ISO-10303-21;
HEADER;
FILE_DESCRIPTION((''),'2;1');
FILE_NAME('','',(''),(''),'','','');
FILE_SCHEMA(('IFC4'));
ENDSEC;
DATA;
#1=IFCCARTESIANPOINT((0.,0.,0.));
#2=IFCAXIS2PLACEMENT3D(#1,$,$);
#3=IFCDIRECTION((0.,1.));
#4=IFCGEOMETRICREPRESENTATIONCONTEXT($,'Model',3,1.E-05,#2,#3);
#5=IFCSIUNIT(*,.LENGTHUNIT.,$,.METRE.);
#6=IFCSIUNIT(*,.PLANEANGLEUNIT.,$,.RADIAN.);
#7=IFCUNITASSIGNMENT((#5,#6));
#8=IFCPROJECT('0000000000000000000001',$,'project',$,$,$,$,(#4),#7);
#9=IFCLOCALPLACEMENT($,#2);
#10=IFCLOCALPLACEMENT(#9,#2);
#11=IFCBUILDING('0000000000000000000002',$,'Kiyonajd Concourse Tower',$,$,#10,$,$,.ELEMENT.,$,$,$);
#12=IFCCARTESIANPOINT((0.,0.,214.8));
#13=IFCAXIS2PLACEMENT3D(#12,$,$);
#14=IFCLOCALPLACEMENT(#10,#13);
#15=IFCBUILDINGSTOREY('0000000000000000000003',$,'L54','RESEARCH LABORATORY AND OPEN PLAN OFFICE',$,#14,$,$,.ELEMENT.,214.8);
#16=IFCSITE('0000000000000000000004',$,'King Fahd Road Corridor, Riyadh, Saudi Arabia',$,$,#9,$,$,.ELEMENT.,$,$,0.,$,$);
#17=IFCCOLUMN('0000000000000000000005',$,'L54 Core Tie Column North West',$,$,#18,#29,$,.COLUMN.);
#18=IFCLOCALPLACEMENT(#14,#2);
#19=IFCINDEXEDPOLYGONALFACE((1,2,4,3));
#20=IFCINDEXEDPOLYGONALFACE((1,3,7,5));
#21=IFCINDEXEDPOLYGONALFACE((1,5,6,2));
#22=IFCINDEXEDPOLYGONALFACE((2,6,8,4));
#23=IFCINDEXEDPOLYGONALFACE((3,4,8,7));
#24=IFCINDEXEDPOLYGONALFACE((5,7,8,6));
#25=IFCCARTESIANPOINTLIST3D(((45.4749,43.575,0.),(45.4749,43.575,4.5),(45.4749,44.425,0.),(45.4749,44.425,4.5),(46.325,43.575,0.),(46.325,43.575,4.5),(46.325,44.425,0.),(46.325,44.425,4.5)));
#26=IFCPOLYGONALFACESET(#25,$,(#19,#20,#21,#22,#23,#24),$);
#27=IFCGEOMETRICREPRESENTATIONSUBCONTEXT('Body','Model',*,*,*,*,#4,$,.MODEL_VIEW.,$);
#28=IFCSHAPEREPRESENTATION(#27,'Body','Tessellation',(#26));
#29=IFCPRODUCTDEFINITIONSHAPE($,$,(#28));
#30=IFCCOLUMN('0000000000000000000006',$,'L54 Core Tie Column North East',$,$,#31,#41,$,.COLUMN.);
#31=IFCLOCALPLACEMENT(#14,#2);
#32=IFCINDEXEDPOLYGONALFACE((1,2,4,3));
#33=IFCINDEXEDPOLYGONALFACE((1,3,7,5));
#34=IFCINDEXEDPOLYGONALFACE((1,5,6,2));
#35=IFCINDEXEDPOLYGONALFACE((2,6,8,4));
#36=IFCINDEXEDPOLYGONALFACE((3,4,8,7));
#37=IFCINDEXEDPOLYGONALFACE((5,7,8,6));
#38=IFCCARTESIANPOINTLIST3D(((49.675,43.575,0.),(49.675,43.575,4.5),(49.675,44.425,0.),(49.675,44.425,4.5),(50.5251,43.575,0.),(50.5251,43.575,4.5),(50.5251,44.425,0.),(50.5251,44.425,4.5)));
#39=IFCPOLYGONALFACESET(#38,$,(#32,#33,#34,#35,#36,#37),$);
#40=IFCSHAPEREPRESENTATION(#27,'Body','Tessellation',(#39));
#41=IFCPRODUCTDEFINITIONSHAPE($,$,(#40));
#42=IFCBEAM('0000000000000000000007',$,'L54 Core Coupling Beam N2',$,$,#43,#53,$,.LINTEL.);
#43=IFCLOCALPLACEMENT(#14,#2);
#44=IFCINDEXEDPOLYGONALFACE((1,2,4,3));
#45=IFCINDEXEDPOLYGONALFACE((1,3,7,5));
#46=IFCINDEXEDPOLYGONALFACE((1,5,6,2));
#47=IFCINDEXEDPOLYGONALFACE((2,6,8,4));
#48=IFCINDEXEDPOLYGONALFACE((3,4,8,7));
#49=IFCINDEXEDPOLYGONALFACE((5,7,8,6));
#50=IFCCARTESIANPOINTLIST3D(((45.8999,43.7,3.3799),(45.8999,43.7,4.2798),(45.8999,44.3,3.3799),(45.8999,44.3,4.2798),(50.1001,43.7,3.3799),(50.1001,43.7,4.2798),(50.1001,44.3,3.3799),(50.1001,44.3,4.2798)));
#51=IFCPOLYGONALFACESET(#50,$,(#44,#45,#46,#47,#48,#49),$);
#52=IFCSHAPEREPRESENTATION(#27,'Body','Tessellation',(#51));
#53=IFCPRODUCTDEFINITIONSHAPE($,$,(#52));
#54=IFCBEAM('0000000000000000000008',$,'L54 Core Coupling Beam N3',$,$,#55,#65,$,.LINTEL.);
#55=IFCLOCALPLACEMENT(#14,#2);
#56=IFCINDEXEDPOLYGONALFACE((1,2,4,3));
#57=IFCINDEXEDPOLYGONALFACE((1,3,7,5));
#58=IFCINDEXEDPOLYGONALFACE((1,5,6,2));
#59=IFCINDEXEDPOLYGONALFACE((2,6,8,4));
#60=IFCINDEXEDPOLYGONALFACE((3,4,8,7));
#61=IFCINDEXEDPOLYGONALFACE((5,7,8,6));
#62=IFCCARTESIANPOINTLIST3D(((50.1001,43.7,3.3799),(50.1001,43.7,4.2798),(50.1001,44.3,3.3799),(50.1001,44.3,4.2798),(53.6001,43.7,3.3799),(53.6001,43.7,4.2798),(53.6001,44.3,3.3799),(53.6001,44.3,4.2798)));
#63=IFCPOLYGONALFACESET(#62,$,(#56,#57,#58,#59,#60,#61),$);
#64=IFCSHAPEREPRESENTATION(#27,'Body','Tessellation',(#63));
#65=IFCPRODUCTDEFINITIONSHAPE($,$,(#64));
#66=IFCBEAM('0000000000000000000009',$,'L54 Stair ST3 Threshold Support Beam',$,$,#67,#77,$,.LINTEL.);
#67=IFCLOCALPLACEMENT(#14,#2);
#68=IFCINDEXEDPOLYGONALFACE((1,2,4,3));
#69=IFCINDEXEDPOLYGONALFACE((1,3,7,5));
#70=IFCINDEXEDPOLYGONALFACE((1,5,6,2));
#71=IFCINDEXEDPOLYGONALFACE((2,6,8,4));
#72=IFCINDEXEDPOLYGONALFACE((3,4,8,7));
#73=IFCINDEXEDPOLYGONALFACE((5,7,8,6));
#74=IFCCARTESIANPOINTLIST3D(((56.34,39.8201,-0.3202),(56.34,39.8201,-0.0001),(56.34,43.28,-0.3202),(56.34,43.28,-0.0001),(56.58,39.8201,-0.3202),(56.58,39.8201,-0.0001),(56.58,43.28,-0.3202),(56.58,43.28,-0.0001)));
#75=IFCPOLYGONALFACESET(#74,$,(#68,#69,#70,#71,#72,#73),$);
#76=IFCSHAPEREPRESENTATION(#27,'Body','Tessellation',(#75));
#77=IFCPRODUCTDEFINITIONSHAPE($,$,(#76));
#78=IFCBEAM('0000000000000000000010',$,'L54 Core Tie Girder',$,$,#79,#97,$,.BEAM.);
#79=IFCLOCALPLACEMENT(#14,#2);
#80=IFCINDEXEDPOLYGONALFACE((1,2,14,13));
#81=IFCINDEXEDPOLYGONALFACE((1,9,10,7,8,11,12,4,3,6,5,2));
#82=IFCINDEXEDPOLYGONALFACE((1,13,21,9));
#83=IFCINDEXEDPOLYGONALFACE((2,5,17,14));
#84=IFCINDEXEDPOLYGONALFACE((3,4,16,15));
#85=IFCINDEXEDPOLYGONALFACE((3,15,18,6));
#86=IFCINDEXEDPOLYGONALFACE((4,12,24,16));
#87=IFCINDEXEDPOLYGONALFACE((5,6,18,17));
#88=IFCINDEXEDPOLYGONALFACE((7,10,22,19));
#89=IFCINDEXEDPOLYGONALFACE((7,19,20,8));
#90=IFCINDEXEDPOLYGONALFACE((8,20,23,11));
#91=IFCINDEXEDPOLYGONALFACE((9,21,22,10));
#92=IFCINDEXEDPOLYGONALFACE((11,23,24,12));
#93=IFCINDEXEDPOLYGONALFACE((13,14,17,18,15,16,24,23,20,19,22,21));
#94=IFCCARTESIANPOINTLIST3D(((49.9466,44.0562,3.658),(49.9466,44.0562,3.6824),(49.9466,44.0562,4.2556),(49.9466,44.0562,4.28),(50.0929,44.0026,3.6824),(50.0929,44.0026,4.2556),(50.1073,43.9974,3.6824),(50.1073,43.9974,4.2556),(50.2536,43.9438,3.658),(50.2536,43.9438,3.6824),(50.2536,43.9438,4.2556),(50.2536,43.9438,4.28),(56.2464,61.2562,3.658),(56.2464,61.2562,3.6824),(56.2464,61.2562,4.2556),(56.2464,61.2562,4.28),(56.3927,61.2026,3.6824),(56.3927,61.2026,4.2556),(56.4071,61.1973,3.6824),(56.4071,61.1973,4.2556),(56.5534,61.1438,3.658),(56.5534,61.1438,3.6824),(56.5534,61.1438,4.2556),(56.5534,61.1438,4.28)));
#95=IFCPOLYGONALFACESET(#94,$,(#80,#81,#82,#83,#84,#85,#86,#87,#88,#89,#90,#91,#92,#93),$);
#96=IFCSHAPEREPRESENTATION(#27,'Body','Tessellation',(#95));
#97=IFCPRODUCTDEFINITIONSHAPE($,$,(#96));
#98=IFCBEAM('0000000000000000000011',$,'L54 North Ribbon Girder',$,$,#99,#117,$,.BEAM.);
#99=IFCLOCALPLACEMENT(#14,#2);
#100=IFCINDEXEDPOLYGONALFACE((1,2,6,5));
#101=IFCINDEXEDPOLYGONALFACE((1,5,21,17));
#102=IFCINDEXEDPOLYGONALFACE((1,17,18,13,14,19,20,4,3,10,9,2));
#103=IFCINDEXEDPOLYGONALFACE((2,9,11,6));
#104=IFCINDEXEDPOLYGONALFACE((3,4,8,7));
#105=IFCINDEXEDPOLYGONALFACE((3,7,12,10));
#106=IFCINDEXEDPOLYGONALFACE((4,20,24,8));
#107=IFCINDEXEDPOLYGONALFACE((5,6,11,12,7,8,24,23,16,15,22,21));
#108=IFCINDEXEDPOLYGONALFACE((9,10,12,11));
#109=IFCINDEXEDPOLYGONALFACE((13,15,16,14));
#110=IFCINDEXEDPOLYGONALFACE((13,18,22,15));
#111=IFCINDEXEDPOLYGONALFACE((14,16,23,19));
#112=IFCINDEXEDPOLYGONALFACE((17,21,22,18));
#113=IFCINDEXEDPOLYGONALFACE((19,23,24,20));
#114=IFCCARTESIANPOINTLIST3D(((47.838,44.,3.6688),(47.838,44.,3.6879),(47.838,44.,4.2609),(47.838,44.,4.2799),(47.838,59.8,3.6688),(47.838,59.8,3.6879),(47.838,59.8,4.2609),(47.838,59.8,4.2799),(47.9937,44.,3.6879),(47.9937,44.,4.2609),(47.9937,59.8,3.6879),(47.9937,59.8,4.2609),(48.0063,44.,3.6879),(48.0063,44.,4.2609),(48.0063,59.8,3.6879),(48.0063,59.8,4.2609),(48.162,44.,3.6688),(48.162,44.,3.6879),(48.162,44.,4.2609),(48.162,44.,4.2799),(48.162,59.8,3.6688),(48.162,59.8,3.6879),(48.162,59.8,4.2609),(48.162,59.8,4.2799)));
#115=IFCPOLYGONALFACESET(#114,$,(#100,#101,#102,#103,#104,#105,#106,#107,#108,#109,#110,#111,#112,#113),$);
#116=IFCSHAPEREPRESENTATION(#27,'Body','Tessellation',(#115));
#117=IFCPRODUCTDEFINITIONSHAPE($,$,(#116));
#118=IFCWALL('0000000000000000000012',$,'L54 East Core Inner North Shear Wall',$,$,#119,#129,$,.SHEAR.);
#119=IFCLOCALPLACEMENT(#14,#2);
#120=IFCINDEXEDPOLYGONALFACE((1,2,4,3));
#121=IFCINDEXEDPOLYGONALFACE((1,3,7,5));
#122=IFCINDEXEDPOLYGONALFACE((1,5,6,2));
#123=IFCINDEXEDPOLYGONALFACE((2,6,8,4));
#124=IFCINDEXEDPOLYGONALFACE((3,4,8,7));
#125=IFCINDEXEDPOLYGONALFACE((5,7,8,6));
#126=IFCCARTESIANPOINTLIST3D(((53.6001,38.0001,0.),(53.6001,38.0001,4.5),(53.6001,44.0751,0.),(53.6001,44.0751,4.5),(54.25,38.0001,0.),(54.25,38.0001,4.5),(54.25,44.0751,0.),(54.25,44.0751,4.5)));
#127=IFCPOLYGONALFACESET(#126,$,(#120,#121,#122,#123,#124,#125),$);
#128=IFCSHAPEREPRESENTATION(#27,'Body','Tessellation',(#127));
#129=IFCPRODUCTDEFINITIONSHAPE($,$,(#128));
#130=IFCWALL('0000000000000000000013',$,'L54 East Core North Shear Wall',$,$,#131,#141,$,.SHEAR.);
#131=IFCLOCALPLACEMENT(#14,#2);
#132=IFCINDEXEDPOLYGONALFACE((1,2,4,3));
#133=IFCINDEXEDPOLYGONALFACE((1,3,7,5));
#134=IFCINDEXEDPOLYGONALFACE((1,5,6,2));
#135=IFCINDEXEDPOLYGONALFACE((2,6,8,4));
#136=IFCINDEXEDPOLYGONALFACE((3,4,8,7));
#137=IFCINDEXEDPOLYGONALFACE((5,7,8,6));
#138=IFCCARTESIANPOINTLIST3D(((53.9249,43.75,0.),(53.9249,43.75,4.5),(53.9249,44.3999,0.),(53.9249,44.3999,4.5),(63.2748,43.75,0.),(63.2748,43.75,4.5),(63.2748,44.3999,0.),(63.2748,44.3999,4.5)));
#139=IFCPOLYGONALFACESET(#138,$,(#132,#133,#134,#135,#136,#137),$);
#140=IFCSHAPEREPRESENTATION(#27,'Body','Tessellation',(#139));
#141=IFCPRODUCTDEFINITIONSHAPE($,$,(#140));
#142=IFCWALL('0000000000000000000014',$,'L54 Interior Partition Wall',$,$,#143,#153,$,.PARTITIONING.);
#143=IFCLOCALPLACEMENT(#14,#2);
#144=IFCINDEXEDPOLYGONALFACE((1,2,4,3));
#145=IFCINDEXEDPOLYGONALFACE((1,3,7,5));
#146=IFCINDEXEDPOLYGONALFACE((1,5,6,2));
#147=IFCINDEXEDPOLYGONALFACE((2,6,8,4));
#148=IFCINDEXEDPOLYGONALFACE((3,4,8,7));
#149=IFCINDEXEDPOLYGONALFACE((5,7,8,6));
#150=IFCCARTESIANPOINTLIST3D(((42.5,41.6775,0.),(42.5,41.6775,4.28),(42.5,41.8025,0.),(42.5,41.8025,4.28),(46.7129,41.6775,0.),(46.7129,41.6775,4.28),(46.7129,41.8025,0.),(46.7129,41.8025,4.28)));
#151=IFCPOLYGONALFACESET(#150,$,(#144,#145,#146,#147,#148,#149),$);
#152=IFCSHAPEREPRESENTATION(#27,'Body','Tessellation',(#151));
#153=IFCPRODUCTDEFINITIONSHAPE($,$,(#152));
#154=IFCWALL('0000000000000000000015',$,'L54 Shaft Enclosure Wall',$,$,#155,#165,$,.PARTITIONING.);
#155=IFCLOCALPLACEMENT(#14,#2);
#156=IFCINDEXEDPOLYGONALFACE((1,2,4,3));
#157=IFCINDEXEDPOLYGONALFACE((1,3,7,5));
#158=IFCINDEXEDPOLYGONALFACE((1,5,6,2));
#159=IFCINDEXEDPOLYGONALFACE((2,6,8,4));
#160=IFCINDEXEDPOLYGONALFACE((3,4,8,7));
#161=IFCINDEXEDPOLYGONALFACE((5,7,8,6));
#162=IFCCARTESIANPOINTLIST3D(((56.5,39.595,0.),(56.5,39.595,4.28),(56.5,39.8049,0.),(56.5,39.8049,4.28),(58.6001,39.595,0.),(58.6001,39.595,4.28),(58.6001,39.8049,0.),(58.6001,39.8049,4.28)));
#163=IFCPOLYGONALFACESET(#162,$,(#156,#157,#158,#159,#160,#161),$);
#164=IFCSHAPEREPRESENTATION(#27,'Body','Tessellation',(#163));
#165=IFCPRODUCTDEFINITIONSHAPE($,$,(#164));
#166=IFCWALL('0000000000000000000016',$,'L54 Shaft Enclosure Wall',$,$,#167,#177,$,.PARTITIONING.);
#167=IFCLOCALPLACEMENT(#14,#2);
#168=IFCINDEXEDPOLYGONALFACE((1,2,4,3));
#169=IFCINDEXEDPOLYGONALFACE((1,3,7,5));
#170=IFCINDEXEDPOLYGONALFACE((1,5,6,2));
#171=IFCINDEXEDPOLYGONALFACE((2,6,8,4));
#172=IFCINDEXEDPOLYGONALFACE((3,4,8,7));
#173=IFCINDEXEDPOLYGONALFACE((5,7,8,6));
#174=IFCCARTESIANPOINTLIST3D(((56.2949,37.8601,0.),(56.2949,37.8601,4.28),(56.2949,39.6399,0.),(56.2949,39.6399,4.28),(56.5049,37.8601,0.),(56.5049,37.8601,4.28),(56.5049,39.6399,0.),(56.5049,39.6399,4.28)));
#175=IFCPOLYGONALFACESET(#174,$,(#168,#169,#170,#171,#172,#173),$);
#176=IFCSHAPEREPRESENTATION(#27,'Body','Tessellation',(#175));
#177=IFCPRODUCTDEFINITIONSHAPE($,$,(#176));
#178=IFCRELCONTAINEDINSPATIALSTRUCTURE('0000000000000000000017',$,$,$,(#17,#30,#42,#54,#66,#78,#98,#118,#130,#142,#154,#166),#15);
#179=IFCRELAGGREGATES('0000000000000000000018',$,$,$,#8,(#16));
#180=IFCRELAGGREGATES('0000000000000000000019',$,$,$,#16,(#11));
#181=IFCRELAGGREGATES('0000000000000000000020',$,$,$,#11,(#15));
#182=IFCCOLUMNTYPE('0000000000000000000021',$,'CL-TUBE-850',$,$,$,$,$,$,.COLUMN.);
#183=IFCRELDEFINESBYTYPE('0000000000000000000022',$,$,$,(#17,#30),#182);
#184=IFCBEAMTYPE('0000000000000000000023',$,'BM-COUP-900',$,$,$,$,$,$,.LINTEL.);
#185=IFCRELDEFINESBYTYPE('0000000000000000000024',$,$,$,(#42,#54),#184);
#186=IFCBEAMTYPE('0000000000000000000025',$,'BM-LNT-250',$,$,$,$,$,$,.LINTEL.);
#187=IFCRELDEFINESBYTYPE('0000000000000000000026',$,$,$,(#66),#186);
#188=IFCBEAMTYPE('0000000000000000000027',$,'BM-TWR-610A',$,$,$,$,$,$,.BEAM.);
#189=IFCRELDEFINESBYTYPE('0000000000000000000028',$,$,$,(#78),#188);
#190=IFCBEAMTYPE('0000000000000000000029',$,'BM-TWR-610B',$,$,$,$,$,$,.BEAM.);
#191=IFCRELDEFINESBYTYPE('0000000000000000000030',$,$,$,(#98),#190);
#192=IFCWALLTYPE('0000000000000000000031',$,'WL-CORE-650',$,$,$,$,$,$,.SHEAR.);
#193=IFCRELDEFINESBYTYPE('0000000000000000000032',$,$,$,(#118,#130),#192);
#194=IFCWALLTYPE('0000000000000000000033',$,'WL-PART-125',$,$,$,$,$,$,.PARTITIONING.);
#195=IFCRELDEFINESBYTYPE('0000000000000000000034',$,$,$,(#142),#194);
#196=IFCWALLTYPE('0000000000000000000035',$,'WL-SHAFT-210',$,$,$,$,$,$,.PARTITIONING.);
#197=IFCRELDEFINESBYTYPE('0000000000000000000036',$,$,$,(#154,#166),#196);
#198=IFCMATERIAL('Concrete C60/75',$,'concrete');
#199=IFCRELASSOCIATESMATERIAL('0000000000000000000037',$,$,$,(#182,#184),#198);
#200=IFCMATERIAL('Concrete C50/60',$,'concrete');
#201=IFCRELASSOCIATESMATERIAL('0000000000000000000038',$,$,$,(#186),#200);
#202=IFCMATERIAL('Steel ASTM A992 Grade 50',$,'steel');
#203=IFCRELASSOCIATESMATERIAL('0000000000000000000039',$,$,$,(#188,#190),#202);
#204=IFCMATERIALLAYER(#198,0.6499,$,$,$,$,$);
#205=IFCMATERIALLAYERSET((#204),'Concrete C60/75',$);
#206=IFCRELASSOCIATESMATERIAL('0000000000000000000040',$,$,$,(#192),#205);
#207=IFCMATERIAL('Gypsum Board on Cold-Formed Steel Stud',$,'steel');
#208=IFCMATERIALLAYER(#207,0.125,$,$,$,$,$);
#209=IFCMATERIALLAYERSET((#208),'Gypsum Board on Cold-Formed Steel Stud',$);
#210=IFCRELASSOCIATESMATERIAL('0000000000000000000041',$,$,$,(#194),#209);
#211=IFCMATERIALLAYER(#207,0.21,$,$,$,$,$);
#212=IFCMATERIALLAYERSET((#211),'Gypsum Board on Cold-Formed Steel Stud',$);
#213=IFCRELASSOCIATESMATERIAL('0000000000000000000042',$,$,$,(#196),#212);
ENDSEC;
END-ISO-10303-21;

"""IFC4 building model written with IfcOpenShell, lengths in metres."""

from ifc_helpers import new_model, si_unit, direction, frame, frame_2d, origin, origin_2d, place, context, subcontext, project, spatial, rectangle, i_section, extrude, material, layer, layer_set, material_profile, profile_set, type_object, element, save


model = new_model("IFC4")

# Units and contexts
model_context = context("Model", 3, precision=1e-05, world=origin(), true_north=direction((0.0, 1.0)))
body_context = subcontext(model_context, "Body", "Model", "MODEL_VIEW")
ifc_project = project(units=[si_unit("LENGTHUNIT", "METRE"), si_unit("PLANEANGLEUNIT", "RADIAN")], contexts=[model_context])

# Site, building, storey
site_placement = place(None, origin())
site = spatial("IfcSite", under=ifc_project, at=site_placement, Name="King Fahd Road Corridor, Riyadh, Saudi Arabia", CompositionType="ELEMENT", RefElevation=0.0)
building_placement = place(site_placement, origin())
building = spatial("IfcBuilding", under=site, at=building_placement, Name="Kiyonajd Concourse Tower", CompositionType="ELEMENT")
storey_placement = place(building_placement, frame((0.0, 0.0, 214.8)))
storey = spatial("IfcBuildingStorey", under=building, at=storey_placement, Name="L54", Description="RESEARCH LABORATORY AND OPEN PLAN OFFICE", CompositionType="ELEMENT", Elevation=214.8)

# Columns
ifc_material_1 = material(Name="Concrete C60/75", Category="concrete")
ifc_material_profile_1 = material_profile(ifc_material_1, rectangle(XDim=0.8501, YDim=0.8501, at=origin_2d()), Name="RC-850x850")
ifc_profile_set_1 = profile_set([ifc_material_profile_1], Name="Concrete C60/75")
column_type = type_object("IfcColumnType", Name="CL-TUBE-850", PredefinedType="COLUMN", material=ifc_profile_set_1)
for number, where, z_axis, x_axis, name in (
    (1, (45.8999, 44.0, 0.0), (0.0, 0.0, 1.0), (1.0, 0.0, 0.0), "L54 Core Tie Column North West"),
    (2, (50.1001, 44.0, 0.0), (0.0, 0.0, 1.0), (1.0, 0.0, 0.0), "L54 Core Tie Column North East"),
):
    element("IfcColumn", number, at=place(storey_placement, frame(where, z_axis=z_axis, x_axis=x_axis)), inside=storey, type_object=column_type, Name=name, PredefinedType="COLUMN", context=body_context, shape_type="SweptSolid", body=[
        extrude(rectangle(XDim=0.8501, YDim=0.8501, at=origin_2d()), origin(), (0.0, 0.0, 1.0), 4.5),
    ])

# Beams
ifc_material_profile_2 = material_profile(ifc_material_1, rectangle(XDim=0.6001, YDim=0.8999, at=origin_2d()), Name="RCBM-600x900")
ifc_profile_set_2 = profile_set([ifc_material_profile_2], Name="Concrete C60/75")
beam_type_1 = type_object("IfcBeamType", Name="BM-COUP-900", PredefinedType="LINTEL", material=ifc_profile_set_2)
beam_1_placement = place(storey_placement, frame((45.8999, 44.0, 3.8298), z_axis=(1.0, 0.0, 0.0), x_axis=(0.0, 1.0, 0.0)))
element("IfcBeam", 3, at=beam_1_placement, inside=storey, type_object=beam_type_1, Name="L54 Core Coupling Beam N2", PredefinedType="LINTEL", context=body_context, shape_type="SweptSolid", body=[
    extrude(rectangle(XDim=0.6001, YDim=0.8999, at=origin_2d()), origin(), (0.0, 0.0, 1.0), 4.2002),
])
beam_2_placement = place(storey_placement, frame((50.1001, 44.0, 3.8298), z_axis=(1.0, 0.0, 0.0), x_axis=(0.0, 1.0, 0.0)))
element("IfcBeam", 4, at=beam_2_placement, inside=storey, type_object=beam_type_1, Name="L54 Core Coupling Beam N3", PredefinedType="LINTEL", context=body_context, shape_type="SweptSolid", body=[
    extrude(rectangle(XDim=0.6001, YDim=0.8999, at=origin_2d()), origin(), (0.0, 0.0, 1.0), 3.5),
])
ifc_material_2 = material(Name="Concrete C50/60", Category="concrete")
ifc_material_profile_3 = material_profile(ifc_material_2, rectangle(XDim=0.24, YDim=0.3201, at=origin_2d()), Name="RCBM-240x320")
ifc_profile_set_3 = profile_set([ifc_material_profile_3], Name="Concrete C50/60")
beam_type_2 = type_object("IfcBeamType", Name="BM-LNT-250", PredefinedType="LINTEL", material=ifc_profile_set_3)
beam_3_placement = place(storey_placement, frame((56.46, 39.8201, -0.1602), z_axis=(0.0, 1.0, 0.0), x_axis=(-1.0, 0.0, 0.0)))
element("IfcBeam", 5, at=beam_3_placement, inside=storey, type_object=beam_type_2, Name="L54 Stair ST3 Threshold Support Beam", PredefinedType="LINTEL", context=body_context, shape_type="SweptSolid", body=[
    extrude(rectangle(XDim=0.24, YDim=0.3201, at=origin_2d()), origin(), (0.0, 0.0, 1.0), 3.46),
])
ifc_material_3 = material(Name="Steel ASTM A992 Grade 50", Category="steel")
ifc_material_profile_4 = material_profile(ifc_material_3, i_section(OverallWidth=0.3269, OverallDepth=0.6221, WebThickness=0.0154, FlangeThickness=0.0244, at=origin_2d()), Name="W610X195")
ifc_profile_set_4 = profile_set([ifc_material_profile_4], Name="Steel ASTM A992 Grade 50")
beam_type_3 = type_object("IfcBeamType", Name="BM-TWR-610A", PredefinedType="BEAM", material=ifc_profile_set_4)
beam_4_placement = place(storey_placement, frame((50.1001, 44.0, 3.969), z_axis=(0.343925, 0.938997, 0.0), x_axis=(-0.938997, 0.343925, 0.0)))
element("IfcBeam", 6, at=beam_4_placement, inside=storey, type_object=beam_type_3, Name="L54 Core Tie Girder", PredefinedType="BEAM", context=body_context, shape_type="SweptSolid", body=[
    extrude(i_section(OverallWidth=0.3269, OverallDepth=0.6221, WebThickness=0.0154, FlangeThickness=0.0244, at=origin_2d()), origin(), (0.0, 0.0, 1.0), 18.3174),
])
ifc_material_profile_5 = material_profile(ifc_material_3, i_section(OverallWidth=0.324, OverallDepth=0.6111, WebThickness=0.0127, FlangeThickness=0.019, at=origin_2d()), Name="W610X155")
ifc_profile_set_5 = profile_set([ifc_material_profile_5], Name="Steel ASTM A992 Grade 50")
beam_type_4 = type_object("IfcBeamType", Name="BM-TWR-610B", PredefinedType="BEAM", material=ifc_profile_set_5)
beam_5_placement = place(storey_placement, frame((48.0, 44.0, 3.9744), z_axis=(0.0, 1.0, 0.0), x_axis=(-1.0, 0.0, 0.0)))
element("IfcBeam", 7, at=beam_5_placement, inside=storey, type_object=beam_type_4, Name="L54 North Ribbon Girder", PredefinedType="BEAM", context=body_context, shape_type="SweptSolid", body=[
    extrude(i_section(OverallWidth=0.324, OverallDepth=0.6111, WebThickness=0.0127, FlangeThickness=0.019, at=origin_2d()), origin(), (0.0, 0.0, 1.0), 15.8),
])

# Walls
ifc_layer_1 = layer(ifc_material_1, 0.6499)
ifc_layer_set_1 = layer_set([ifc_layer_1], Name="Concrete C60/75")
wall_type_1 = type_object("IfcWallType", Name="WL-CORE-650", PredefinedType="SHEAR", material=ifc_layer_set_1)
wall_1_placement = place(storey_placement, frame((53.925, 38.0, 0.0), z_axis=(0.0, 0.0, 1.0), x_axis=(0.0, 1.0, 0.0)))
element("IfcWall", 8, at=wall_1_placement, inside=storey, type_object=wall_type_1, Name="L54 East Core Inner North Shear Wall", PredefinedType="SHEAR", context=body_context, shape_type="SweptSolid", body=[
    extrude(rectangle(XDim=6.075, YDim=0.6499, at=frame_2d((3.0376, 0.0))), origin(), (0.0, 0.0, 1.0), 4.5),
])
wall_2_placement = place(storey_placement, frame((53.925, 44.075, 0.0), z_axis=(0.0, 0.0, 1.0), x_axis=(1.0, 0.0, 0.0)))
element("IfcWall", 9, at=wall_2_placement, inside=storey, type_object=wall_type_1, Name="L54 East Core North Shear Wall", PredefinedType="SHEAR", context=body_context, shape_type="SweptSolid", body=[
    extrude(rectangle(XDim=9.3499, YDim=0.6499, at=frame_2d((4.6748, 0.0))), origin(), (0.0, 0.0, 1.0), 4.5),
])
ifc_material_4 = material(Name="Gypsum Board on Cold-Formed Steel Stud", Category="steel")
ifc_layer_2 = layer(ifc_material_4, 0.125)
ifc_layer_set_2 = layer_set([ifc_layer_2], Name="Gypsum Board on Cold-Formed Steel Stud")
wall_type_2 = type_object("IfcWallType", Name="WL-PART-125", PredefinedType="PARTITIONING", material=ifc_layer_set_2)
wall_3_placement = place(storey_placement, frame((42.5, 41.74, 0.0), z_axis=(0.0, 0.0, 1.0), x_axis=(1.0, 0.0, 0.0)))
element("IfcWall", 10, at=wall_3_placement, inside=storey, type_object=wall_type_2, Name="L54 Interior Partition Wall", PredefinedType="PARTITIONING", context=body_context, shape_type="SweptSolid", body=[
    extrude(rectangle(XDim=4.2129, YDim=0.125, at=frame_2d((2.1064, 0.0))), origin(), (0.0, 0.0, 1.0), 4.28),
])
ifc_layer_3 = layer(ifc_material_4, 0.21)
ifc_layer_set_3 = layer_set([ifc_layer_3], Name="Gypsum Board on Cold-Formed Steel Stud")
wall_type_3 = type_object("IfcWallType", Name="WL-SHAFT-210", PredefinedType="PARTITIONING", material=ifc_layer_set_3)
wall_4_placement = place(storey_placement, frame((56.5, 39.7, 0.0), z_axis=(0.0, 0.0, 1.0), x_axis=(1.0, 0.0, 0.0)))
element("IfcWall", 11, at=wall_4_placement, inside=storey, type_object=wall_type_3, Name="L54 Shaft Enclosure Wall", PredefinedType="PARTITIONING", context=body_context, shape_type="SweptSolid", body=[
    extrude(rectangle(XDim=2.1001, YDim=0.21, at=frame_2d((1.05, 0.0))), origin(), (0.0, 0.0, 1.0), 4.28),
])
wall_5_placement = place(storey_placement, frame((56.3999, 37.8601, 0.0), z_axis=(0.0, 0.0, 1.0), x_axis=(0.0, 1.0, 0.0)))
element("IfcWall", 12, at=wall_5_placement, inside=storey, type_object=wall_type_3, Name="L54 Shaft Enclosure Wall", PredefinedType="PARTITIONING", context=body_context, shape_type="SweptSolid", body=[
    extrude(rectangle(XDim=1.7798, YDim=0.21, at=frame_2d((0.8899, 0.0))), origin(), (0.0, 0.0, 1.0), 4.28),
])

save(model, "model.ifc")
